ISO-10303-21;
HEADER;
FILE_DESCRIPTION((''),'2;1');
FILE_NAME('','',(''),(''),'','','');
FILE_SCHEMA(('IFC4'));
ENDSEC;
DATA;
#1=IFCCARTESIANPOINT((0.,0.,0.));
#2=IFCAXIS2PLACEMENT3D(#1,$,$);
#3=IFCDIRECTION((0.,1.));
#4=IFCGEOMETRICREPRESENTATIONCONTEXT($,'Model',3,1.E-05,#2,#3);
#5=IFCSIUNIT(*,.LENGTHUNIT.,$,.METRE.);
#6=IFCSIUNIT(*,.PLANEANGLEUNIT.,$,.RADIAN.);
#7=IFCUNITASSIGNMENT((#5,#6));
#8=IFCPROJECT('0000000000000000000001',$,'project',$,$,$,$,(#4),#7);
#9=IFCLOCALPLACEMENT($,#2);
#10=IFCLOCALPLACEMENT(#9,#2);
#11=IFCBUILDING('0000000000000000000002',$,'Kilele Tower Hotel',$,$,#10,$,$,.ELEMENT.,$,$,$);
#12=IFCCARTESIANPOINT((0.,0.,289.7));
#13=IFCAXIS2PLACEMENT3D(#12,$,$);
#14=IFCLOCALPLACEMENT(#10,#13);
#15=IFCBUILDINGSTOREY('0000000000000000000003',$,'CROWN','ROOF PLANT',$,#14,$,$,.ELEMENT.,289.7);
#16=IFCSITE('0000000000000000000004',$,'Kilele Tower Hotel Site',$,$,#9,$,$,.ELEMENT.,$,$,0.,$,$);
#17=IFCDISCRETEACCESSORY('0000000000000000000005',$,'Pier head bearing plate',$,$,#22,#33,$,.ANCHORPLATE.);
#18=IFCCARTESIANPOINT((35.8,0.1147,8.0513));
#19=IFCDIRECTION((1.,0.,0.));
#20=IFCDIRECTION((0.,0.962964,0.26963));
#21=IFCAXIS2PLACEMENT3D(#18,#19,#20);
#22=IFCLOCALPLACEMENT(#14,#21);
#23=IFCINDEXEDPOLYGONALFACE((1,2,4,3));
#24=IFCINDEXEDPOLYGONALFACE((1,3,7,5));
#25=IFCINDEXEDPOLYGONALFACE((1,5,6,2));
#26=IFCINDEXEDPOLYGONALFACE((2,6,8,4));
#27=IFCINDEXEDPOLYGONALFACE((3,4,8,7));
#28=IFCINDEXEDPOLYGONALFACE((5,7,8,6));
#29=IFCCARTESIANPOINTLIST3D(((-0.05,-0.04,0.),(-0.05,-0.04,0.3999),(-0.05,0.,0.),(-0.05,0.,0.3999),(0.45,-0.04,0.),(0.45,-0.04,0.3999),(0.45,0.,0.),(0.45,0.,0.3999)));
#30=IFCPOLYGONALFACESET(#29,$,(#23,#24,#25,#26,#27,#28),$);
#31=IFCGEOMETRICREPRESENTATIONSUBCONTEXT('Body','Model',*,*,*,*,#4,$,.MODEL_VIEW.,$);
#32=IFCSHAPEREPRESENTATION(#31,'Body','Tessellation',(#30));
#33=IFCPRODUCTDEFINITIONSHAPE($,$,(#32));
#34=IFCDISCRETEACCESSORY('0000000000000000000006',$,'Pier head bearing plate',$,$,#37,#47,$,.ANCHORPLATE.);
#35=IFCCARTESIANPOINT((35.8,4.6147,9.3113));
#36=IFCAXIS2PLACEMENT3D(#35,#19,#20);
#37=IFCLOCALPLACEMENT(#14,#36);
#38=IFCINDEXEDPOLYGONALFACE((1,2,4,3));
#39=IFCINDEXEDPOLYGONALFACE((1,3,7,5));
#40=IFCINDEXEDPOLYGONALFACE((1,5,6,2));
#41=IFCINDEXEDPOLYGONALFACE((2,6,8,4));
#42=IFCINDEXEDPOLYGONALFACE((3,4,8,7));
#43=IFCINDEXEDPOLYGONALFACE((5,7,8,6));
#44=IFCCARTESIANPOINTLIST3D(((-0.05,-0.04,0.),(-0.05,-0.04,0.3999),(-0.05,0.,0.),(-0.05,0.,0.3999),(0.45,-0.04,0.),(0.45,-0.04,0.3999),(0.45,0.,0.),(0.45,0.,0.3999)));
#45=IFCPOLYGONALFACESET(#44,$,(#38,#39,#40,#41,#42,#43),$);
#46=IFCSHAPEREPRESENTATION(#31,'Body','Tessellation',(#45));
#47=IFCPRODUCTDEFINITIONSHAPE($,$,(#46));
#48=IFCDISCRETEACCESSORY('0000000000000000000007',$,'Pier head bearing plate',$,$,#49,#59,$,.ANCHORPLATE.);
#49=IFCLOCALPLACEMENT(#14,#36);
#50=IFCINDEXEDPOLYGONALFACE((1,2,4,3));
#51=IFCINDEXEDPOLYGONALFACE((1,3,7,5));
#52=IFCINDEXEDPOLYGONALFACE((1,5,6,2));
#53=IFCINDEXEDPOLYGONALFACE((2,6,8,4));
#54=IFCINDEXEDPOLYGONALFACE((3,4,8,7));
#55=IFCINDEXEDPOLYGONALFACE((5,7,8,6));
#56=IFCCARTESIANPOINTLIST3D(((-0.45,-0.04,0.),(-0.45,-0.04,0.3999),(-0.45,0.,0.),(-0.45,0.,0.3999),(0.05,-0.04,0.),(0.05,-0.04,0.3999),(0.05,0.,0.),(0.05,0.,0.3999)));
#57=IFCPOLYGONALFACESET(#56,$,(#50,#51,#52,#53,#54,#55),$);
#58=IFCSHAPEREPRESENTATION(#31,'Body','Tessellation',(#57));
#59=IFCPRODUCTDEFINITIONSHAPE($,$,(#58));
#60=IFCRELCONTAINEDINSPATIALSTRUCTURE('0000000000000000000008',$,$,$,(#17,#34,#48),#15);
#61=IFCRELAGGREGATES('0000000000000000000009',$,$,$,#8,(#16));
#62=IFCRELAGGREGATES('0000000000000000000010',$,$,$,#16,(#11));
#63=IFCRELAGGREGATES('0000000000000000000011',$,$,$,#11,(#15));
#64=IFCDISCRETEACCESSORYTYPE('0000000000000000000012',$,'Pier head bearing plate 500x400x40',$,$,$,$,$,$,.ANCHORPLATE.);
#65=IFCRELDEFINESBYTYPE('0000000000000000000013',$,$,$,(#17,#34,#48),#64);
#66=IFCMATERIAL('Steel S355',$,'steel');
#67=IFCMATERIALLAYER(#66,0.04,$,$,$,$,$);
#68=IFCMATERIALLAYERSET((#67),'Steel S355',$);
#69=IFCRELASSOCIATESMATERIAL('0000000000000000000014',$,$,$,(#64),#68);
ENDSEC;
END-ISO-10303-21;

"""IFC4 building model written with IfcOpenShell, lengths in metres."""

from ifc_helpers import new_model, si_unit, direction, frame, origin, place, context, subcontext, project, spatial, polyline, outline, extrude, source, transform, mapped, material, layer, layer_set, type_object, element, save


model = new_model("IFC4")

# Units and contexts
model_context = context("Model", 3, precision=1e-05, world=origin(), true_north=direction((0.0, 1.0)))
body_context = subcontext(model_context, "Body", "Model", "MODEL_VIEW")
ifc_project = project(units=[si_unit("LENGTHUNIT", "METRE"), si_unit("PLANEANGLEUNIT", "RADIAN")], contexts=[model_context])

# Site, building, storey
site_placement = place(None, origin())
site = spatial("IfcSite", under=ifc_project, at=site_placement, Name="Kilele Tower Hotel Site", CompositionType="ELEMENT", RefElevation=0.0)
building_placement = place(site_placement, origin())
building = spatial("IfcBuilding", under=site, at=building_placement, Name="Kilele Tower Hotel", CompositionType="ELEMENT")
storey_placement = place(building_placement, frame((0.0, 0.0, 289.7)))
storey = spatial("IfcBuildingStorey", under=building, at=storey_placement, Name="CROWN", Description="ROOF PLANT", CompositionType="ELEMENT", Elevation=289.7)

# Discrete accessories
ifc_material_1 = material(Name="Steel S355", Category="steel")
ifc_layer_1 = layer(ifc_material_1, 0.04)
ifc_layer_set_1 = layer_set([ifc_layer_1], Name="Steel S355")
discrete_accessory_type = type_object("IfcDiscreteAccessoryType", Name="Pier head bearing plate 500x400x40", PredefinedType="ANCHORPLATE", material=ifc_layer_set_1)
shared_shape_1 = source(origin(), body_context, "Body", "SweptSolid", [
    extrude(outline(polyline([(-0.05, -0.04), (0.45, -0.04), (0.45, 0.0), (-0.05, 0.0), (-0.05, -0.04)])), origin(), (0.0, 0.0, 1.0), 0.3999),
])
for number, where, z_axis, x_axis, name in (
    (1, (35.8, 0.1147, 8.0513), (1.0, 0.0, 0.0), (0.0, 0.962964, 0.26963), "Pier head bearing plate"),
    (2, (35.8, 4.6147, 9.3113), (1.0, 0.0, 0.0), (0.0, 0.962964, 0.26963), "Pier head bearing plate"),
):
    element("IfcDiscreteAccessory", number, at=place(storey_placement, frame(where, z_axis=z_axis, x_axis=x_axis)), inside=storey, type_object=discrete_accessory_type, Name=name, PredefinedType="ANCHORPLATE", context=body_context, shape_type="MappedRepresentation", body=[
        mapped(shared_shape_1, transform((0.0, 0.0, 0.0))),
    ])
shared_shape_2 = source(origin(), body_context, "Body", "SweptSolid", [
    extrude(outline(polyline([(-0.45, -0.04), (0.05, -0.04), (0.05, 0.0), (-0.45, 0.0), (-0.45, -0.04)])), origin(), (0.0, 0.0, 1.0), 0.3999),
])
discrete_accessory_placement = place(storey_placement, frame((35.8, 4.6147, 9.3113), z_axis=(1.0, 0.0, 0.0), x_axis=(0.0, 0.962964, 0.26963)))
element("IfcDiscreteAccessory", 3, at=discrete_accessory_placement, inside=storey, type_object=discrete_accessory_type, Name="Pier head bearing plate", PredefinedType="ANCHORPLATE", context=body_context, shape_type="MappedRepresentation", body=[
    mapped(shared_shape_2, transform((0.0, 0.0, 0.0))),
])

save(model, "model.ifc")
